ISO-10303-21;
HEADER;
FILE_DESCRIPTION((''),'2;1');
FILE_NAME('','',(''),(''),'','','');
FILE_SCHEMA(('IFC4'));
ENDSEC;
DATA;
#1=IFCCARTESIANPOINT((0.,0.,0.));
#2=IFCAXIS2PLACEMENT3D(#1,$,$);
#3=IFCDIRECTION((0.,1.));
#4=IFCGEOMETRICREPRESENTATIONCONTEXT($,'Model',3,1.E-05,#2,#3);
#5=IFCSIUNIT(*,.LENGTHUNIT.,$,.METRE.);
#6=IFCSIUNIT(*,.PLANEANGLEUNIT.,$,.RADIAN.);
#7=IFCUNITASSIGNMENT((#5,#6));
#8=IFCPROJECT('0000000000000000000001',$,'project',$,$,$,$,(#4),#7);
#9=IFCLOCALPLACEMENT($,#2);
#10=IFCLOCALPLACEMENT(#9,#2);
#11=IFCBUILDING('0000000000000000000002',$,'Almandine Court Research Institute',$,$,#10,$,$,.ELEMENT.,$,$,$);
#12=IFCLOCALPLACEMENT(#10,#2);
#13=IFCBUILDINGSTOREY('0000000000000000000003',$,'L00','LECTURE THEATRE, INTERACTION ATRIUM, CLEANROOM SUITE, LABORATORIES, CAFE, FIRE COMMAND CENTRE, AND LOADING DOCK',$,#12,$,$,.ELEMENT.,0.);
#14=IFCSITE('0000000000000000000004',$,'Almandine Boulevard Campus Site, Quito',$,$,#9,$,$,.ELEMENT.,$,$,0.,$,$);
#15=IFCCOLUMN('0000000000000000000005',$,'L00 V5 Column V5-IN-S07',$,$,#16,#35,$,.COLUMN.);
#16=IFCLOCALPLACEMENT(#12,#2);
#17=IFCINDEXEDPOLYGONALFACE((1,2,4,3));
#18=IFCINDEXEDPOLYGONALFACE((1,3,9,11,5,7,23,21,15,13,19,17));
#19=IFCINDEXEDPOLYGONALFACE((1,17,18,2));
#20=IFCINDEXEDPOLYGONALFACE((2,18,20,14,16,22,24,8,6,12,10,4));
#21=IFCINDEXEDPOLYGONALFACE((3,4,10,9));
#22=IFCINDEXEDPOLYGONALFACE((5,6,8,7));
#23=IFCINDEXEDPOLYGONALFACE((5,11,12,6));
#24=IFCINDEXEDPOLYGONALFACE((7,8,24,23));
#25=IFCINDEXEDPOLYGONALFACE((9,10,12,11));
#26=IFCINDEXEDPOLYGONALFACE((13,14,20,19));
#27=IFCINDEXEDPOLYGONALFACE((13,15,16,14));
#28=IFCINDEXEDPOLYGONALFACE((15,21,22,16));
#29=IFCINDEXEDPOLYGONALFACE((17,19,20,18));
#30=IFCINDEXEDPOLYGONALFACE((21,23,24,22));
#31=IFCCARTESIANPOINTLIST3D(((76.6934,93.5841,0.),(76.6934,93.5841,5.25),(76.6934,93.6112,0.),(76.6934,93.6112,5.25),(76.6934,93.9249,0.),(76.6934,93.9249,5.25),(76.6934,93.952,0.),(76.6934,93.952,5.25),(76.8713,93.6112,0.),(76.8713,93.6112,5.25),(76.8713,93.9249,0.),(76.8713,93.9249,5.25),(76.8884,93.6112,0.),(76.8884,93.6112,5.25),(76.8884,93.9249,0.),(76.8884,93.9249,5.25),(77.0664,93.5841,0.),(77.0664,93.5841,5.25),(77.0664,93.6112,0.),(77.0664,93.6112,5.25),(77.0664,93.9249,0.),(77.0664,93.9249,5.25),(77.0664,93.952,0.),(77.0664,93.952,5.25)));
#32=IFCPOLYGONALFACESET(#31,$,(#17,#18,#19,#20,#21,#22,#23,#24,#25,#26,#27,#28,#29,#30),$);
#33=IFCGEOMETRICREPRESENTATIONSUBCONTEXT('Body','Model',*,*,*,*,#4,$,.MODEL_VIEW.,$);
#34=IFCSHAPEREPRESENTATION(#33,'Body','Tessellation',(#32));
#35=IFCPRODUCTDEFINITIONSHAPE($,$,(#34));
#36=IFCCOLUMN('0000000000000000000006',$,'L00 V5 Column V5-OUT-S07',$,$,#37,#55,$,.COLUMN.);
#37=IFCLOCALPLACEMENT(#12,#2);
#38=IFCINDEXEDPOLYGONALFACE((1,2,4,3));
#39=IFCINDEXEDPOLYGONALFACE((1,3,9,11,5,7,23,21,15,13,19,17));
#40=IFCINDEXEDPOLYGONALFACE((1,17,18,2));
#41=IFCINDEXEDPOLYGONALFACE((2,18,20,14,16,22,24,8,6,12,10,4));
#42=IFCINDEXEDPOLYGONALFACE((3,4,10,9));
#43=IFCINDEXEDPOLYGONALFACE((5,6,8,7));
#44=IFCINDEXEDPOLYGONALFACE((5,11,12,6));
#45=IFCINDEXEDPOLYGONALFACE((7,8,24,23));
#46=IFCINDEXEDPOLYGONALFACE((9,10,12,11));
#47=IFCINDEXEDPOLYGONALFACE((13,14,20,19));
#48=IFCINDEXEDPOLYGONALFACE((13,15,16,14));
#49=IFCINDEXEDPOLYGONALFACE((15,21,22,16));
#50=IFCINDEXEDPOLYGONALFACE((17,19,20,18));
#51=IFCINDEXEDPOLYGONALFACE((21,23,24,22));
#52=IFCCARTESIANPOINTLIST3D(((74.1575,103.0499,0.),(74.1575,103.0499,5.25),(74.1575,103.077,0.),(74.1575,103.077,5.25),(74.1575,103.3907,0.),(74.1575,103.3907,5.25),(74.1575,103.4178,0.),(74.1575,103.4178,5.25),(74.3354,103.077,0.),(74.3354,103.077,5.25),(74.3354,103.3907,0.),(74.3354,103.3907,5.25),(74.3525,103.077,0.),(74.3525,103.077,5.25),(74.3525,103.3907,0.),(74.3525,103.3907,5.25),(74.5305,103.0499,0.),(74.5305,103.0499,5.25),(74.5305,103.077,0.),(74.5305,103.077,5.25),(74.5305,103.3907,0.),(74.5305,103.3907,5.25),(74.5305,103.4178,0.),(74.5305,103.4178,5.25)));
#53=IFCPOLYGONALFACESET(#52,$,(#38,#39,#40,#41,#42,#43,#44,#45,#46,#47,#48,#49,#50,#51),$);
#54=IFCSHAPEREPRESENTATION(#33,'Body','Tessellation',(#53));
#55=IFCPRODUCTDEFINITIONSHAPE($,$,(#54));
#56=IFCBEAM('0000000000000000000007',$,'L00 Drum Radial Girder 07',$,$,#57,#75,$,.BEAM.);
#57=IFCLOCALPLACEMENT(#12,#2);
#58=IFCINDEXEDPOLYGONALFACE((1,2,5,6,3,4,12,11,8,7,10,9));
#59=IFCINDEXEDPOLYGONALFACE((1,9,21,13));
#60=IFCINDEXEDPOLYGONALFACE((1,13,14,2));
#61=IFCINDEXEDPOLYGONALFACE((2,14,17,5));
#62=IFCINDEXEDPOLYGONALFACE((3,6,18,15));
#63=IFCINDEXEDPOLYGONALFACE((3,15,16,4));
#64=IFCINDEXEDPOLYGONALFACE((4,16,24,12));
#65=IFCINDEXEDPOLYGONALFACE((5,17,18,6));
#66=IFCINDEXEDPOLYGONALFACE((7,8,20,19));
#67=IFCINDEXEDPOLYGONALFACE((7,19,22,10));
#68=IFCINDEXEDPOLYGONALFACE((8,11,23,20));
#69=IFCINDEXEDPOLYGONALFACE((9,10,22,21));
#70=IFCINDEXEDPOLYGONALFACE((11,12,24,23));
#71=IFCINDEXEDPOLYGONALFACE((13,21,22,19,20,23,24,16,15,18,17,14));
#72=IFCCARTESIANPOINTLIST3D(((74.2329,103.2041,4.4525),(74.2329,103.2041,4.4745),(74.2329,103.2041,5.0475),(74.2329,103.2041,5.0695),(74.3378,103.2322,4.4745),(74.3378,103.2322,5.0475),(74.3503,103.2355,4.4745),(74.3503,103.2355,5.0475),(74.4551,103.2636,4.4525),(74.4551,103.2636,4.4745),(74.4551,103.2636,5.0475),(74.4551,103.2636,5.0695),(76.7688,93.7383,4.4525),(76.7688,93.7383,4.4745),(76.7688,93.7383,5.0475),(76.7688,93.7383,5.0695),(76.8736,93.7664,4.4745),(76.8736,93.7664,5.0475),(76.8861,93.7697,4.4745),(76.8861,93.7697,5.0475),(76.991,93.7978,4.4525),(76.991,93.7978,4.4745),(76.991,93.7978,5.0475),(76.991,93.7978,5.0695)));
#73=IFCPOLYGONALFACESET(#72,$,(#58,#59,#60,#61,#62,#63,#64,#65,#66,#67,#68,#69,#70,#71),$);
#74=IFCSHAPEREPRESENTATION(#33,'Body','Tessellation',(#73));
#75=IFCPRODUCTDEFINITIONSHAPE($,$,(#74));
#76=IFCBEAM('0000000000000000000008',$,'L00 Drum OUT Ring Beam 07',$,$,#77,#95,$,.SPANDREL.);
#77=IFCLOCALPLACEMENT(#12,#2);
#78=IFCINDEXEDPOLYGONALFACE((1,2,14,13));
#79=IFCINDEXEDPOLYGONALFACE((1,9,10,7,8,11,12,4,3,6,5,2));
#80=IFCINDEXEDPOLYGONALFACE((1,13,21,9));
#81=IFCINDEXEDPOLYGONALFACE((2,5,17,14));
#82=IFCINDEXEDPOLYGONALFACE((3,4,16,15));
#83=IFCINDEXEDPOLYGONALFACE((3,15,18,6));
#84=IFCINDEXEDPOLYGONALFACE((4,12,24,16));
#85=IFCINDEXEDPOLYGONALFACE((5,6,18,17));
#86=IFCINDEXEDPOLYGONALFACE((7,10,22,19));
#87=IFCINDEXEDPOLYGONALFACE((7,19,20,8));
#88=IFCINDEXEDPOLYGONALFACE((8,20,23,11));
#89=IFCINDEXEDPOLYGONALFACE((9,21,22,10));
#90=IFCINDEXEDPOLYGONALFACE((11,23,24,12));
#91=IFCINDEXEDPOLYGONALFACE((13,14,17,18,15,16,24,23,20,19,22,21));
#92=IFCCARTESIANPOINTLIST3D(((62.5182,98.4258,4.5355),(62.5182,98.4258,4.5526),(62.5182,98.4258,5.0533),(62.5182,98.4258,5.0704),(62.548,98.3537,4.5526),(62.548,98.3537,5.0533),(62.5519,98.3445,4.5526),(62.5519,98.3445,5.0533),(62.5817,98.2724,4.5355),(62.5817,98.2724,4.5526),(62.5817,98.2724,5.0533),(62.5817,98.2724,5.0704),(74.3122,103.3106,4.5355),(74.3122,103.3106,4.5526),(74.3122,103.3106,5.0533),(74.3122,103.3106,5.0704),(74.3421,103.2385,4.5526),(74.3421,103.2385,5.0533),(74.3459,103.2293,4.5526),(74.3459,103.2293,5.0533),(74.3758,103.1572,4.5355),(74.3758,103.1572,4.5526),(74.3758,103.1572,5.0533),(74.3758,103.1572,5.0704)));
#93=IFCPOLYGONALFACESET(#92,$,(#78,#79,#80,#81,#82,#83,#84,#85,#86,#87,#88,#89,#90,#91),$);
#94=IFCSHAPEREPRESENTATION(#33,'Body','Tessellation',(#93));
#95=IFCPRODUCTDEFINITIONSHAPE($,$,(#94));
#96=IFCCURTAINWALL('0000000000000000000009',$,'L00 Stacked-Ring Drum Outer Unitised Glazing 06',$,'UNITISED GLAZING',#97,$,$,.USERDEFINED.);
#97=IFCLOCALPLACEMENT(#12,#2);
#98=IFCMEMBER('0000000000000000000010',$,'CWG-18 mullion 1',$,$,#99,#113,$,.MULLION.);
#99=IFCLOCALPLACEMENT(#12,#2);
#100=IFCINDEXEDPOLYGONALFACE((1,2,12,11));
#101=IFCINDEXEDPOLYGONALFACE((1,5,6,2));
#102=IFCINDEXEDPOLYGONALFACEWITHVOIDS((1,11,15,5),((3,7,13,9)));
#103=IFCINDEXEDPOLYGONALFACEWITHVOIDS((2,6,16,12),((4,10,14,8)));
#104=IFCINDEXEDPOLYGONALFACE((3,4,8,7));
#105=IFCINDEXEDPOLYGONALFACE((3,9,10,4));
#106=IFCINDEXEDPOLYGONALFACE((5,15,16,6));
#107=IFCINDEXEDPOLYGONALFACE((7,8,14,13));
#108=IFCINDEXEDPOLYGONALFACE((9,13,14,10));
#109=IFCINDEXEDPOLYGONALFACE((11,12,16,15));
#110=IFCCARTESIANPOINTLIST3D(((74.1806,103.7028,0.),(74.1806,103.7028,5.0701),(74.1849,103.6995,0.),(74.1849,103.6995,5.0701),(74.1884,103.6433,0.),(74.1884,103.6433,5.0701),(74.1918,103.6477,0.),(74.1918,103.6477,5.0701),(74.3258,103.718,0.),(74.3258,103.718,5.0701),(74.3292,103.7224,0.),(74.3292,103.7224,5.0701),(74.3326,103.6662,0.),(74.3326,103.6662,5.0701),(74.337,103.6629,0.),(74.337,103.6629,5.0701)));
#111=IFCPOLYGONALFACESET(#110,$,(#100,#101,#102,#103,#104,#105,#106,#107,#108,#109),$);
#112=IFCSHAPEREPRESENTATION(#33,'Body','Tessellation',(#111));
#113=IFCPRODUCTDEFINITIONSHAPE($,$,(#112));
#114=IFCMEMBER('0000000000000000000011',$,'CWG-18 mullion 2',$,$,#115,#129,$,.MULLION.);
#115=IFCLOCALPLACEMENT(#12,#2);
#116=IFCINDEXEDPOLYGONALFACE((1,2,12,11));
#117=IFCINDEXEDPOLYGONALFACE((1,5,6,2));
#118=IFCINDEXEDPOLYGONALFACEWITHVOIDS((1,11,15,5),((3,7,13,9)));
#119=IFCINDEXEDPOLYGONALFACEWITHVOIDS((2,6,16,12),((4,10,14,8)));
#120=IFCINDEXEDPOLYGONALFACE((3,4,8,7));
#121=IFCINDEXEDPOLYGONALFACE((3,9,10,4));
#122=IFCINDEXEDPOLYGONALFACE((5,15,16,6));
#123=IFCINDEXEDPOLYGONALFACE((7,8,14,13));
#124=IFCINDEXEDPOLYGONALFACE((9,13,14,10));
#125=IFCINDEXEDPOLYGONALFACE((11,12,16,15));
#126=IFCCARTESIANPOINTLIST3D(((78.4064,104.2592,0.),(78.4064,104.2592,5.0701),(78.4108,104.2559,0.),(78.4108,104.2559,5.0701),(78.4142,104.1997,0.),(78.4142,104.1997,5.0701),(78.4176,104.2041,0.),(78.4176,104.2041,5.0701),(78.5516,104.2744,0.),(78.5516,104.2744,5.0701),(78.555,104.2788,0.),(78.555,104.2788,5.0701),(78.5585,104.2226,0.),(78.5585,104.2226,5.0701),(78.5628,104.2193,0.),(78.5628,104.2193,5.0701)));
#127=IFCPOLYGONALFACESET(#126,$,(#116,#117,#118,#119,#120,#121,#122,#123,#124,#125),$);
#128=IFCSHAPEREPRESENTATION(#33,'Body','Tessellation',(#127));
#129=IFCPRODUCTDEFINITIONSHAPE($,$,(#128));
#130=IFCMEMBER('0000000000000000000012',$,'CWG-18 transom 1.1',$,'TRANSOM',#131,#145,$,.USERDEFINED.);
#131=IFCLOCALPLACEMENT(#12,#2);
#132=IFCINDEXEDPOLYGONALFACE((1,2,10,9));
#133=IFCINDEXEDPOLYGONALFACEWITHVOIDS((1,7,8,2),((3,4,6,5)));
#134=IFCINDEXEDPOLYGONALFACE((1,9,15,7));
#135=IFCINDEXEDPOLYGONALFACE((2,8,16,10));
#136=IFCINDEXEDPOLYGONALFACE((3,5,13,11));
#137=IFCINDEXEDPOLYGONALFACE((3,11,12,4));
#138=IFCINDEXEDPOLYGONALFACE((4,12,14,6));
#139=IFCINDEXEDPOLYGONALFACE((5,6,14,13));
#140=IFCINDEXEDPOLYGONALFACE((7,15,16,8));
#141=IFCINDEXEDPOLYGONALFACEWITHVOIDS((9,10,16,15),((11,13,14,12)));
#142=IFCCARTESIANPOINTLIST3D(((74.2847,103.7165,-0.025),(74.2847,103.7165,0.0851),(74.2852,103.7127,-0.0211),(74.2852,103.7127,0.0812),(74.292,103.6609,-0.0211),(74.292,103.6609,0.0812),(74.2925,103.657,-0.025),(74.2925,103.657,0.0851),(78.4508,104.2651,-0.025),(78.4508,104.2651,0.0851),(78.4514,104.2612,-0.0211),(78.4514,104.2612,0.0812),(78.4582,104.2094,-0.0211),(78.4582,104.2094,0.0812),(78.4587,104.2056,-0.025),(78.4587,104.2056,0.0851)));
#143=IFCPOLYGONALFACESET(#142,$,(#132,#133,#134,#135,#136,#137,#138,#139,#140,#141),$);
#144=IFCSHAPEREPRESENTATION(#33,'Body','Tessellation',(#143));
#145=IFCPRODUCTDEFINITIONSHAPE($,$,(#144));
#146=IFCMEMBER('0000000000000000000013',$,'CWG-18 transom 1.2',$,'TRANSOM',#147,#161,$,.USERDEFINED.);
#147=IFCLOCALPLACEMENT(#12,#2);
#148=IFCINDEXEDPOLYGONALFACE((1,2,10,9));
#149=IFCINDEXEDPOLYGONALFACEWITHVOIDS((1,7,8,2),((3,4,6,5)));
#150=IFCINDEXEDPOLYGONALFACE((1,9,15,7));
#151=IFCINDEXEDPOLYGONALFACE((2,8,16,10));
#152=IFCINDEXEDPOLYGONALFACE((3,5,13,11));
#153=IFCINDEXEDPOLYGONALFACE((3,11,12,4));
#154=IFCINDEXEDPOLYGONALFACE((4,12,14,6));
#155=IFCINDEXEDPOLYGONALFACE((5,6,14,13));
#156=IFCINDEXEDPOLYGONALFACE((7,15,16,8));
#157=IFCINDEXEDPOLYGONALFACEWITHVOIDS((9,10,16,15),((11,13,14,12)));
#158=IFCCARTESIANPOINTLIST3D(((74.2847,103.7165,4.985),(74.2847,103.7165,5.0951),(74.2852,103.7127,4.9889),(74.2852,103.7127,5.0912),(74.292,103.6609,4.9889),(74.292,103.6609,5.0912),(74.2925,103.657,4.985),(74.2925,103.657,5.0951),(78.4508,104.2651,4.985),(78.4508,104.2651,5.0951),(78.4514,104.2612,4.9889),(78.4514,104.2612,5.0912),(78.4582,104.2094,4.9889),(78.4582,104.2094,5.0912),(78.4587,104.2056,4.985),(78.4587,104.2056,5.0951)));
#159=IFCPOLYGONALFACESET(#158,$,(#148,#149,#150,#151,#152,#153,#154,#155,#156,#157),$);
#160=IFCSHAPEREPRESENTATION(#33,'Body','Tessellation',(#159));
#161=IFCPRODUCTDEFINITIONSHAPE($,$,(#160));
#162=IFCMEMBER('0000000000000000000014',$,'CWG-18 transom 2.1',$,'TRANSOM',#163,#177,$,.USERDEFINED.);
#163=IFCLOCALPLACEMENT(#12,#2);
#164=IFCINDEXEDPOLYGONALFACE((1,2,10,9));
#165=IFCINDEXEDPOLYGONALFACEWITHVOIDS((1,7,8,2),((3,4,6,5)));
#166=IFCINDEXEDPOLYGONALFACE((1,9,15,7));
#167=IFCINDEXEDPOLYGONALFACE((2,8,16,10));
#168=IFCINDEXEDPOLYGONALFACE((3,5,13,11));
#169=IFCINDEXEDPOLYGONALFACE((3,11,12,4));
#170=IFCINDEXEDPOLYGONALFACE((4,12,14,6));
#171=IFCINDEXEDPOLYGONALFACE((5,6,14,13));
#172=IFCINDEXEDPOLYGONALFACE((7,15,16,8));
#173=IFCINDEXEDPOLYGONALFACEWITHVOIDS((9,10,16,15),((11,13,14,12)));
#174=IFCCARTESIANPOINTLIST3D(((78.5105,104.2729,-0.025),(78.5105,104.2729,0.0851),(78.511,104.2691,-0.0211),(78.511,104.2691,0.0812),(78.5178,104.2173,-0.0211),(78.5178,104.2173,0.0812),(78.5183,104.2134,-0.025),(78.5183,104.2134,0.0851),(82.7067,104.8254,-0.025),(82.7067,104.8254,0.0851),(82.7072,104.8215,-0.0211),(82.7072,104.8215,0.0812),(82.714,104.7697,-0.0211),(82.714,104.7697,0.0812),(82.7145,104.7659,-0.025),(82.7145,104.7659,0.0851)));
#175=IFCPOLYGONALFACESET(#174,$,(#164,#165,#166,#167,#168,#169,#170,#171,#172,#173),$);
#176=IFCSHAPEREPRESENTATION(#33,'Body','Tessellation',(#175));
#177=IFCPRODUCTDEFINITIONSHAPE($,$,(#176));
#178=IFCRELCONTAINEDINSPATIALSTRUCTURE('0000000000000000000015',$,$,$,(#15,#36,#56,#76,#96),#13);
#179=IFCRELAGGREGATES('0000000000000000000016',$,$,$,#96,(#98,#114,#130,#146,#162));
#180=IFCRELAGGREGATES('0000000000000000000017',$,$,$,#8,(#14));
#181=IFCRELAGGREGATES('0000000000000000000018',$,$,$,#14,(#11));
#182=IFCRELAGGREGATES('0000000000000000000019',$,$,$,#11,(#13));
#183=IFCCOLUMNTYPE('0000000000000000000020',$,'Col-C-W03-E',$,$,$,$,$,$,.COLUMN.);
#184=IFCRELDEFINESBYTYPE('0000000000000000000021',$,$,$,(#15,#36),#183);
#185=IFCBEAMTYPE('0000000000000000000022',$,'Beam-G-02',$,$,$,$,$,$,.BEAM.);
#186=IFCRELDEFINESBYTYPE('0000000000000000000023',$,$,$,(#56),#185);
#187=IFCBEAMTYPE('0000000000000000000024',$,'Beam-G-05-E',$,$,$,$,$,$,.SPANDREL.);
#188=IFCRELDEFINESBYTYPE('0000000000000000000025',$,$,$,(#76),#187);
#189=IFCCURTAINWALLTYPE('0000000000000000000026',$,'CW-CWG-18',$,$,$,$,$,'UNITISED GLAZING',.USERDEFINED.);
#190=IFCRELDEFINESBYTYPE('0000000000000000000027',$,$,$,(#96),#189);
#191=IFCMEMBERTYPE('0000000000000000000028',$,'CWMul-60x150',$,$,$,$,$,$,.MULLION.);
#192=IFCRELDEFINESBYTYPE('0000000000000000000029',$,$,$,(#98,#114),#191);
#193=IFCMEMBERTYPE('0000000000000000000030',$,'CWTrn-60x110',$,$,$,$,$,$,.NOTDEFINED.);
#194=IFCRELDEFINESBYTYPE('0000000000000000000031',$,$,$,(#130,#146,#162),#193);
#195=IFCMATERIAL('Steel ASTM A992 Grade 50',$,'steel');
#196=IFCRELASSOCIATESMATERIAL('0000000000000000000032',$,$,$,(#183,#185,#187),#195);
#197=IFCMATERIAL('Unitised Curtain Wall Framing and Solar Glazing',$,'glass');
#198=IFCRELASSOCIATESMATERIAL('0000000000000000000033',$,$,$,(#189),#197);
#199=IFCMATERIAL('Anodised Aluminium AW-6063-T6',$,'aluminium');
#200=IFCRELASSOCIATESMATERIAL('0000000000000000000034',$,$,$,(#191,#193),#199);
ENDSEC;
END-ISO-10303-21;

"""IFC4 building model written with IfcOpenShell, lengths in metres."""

from ifc_helpers import new_model, si_unit, direction, frame, origin, origin_2d, place, context, subcontext, project, spatial, hollow_rectangle, i_section, extrude, material, material_profile, profile_set, type_object, element, aggregate, save


model = new_model("IFC4")

# Units and contexts
model_context = context("Model", 3, precision=1e-05, world=origin(), true_north=direction((0.0, 1.0)))
body_context = subcontext(model_context, "Body", "Model", "MODEL_VIEW")
ifc_project = project(units=[si_unit("LENGTHUNIT", "METRE"), si_unit("PLANEANGLEUNIT", "RADIAN")], contexts=[model_context])

# Site, building, storey
site_placement = place(None, origin())
site = spatial("IfcSite", under=ifc_project, at=site_placement, Name="Almandine Boulevard Campus Site, Quito", CompositionType="ELEMENT", RefElevation=0.0)
building_placement = place(site_placement, origin())
building = spatial("IfcBuilding", under=site, at=building_placement, Name="Almandine Court Research Institute", CompositionType="ELEMENT")
storey_placement = place(building_placement, origin())
storey = spatial("IfcBuildingStorey", under=building, at=storey_placement, Name="L00", Description="LECTURE THEATRE, INTERACTION ATRIUM, CLEANROOM SUITE, LABORATORIES, CAFE, FIRE COMMAND CENTRE, AND LOADING DOCK", CompositionType="ELEMENT", Elevation=0.0)

# Columns
ifc_material_1 = material(Name="Steel ASTM A992 Grade 50", Category="steel")
ifc_material_profile_1 = material_profile(ifc_material_1, i_section(OverallWidth=0.373, OverallDepth=0.3679, WebThickness=0.0171, FlangeThickness=0.0271, at=origin_2d()), Name="W360x179")
ifc_profile_set_1 = profile_set([ifc_material_profile_1], Name="Steel ASTM A992 Grade 50")
column_type = type_object("IfcColumnType", Name="Col-C-W03-E", PredefinedType="COLUMN", material=ifc_profile_set_1)
for number, where, z_axis, x_axis, name in (
    (1, (76.8799, 93.7681, 0.0), (0.0, 0.0, 1.0), (1.0, 0.0, 0.0), "L00 V5 Column V5-IN-S07"),
    (2, (74.344, 103.2339, 0.0), (0.0, 0.0, 1.0), (1.0, 0.0, 0.0), "L00 V5 Column V5-OUT-S07"),
):
    element("IfcColumn", number, at=place(storey_placement, frame(where, z_axis=z_axis, x_axis=x_axis)), inside=storey, type_object=column_type, Name=name, PredefinedType="COLUMN", context=body_context, shape_type="SweptSolid", body=[
        extrude(i_section(OverallWidth=0.373, OverallDepth=0.3679, WebThickness=0.0171, FlangeThickness=0.0271, at=origin_2d()), origin(), (0.0, 0.0, 1.0), 5.25),
    ])

# Beams
ifc_material_profile_2 = material_profile(ifc_material_1, i_section(OverallWidth=0.23, OverallDepth=0.6169, WebThickness=0.0129, FlangeThickness=0.022, at=origin_2d()), Name="W610x140")
ifc_profile_set_2 = profile_set([ifc_material_profile_2], Name="Steel ASTM A992 Grade 50")
beam_type_1 = type_object("IfcBeamType", Name="Beam-G-02", PredefinedType="BEAM", material=ifc_profile_set_2)
beam_1_placement = place(storey_placement, frame((76.8799, 93.7681, 4.761), z_axis=(-0.258774, 0.965938, 0.0), x_axis=(-0.965938, -0.258774, 0.0)))
element("IfcBeam", 3, at=beam_1_placement, inside=storey, type_object=beam_type_1, Name="L00 Drum Radial Girder 07", PredefinedType="BEAM", context=body_context, shape_type="SweptSolid", body=[
    extrude(i_section(OverallWidth=0.23, OverallDepth=0.6169, WebThickness=0.0129, FlangeThickness=0.022, at=origin_2d()), origin(), (0.0, 0.0, 1.0), 9.7996),
])
ifc_material_profile_3 = material_profile(ifc_material_1, i_section(OverallWidth=0.166, OverallDepth=0.5349, WebThickness=0.01, FlangeThickness=0.0171, at=origin_2d()), Name="W530x85")
ifc_profile_set_3 = profile_set([ifc_material_profile_3], Name="Steel ASTM A992 Grade 50")
beam_type_2 = type_object("IfcBeamType", Name="Beam-G-05-E", PredefinedType="SPANDREL", material=ifc_profile_set_3)
beam_2_placement = place(storey_placement, frame((74.344, 103.2339, 4.803), z_axis=(-0.923892, -0.382654, 0.0), x_axis=(0.382654, -0.923892, 0.0)))
element("IfcBeam", 4, at=beam_2_placement, inside=storey, type_object=beam_type_2, Name="L00 Drum OUT Ring Beam 07", PredefinedType="SPANDREL", context=body_context, shape_type="SweptSolid", body=[
    extrude(i_section(OverallWidth=0.166, OverallDepth=0.5349, WebThickness=0.01, FlangeThickness=0.0171, at=origin_2d()), origin(), (0.0, 0.0, 1.0), 12.7656),
])

# Curtain wall, members
ifc_material_2 = material(Name="Unitised Curtain Wall Framing and Solar Glazing", Category="glass")
curtain_wall_type_1 = type_object("IfcCurtainWallType", Name="CW-CWG-18", ElementType="UNITISED GLAZING", PredefinedType="USERDEFINED", material=ifc_material_2)
curtain_wall_1_placement = place(storey_placement, origin())
curtain_wall_1 = element("IfcCurtainWall", 5, at=curtain_wall_1_placement, inside=storey, type_object=curtain_wall_type_1, Name="L00 Stacked-Ring Drum Outer Unitised Glazing 06", ObjectType="UNITISED GLAZING", PredefinedType="USERDEFINED")
ifc_material_3 = material(Name="Anodised Aluminium AW-6063-T6", Category="aluminium")
ifc_material_profile_4 = material_profile(ifc_material_3, hollow_rectangle(XDim=0.0601, YDim=0.1499, WallThickness=0.0039, at=origin_2d()), Name="ALU RHS 60x150x4")
ifc_profile_set_4 = profile_set([ifc_material_profile_4], Name="Anodised Aluminium AW-6063-T6")
member_type_1 = type_object("IfcMemberType", Name="CWMul-60x150", PredefinedType="MULLION", material=ifc_profile_set_4)
member_1_placement = place(storey_placement, frame((74.2588, 103.6829, 0.0), z_axis=(0.0, 0.0, 1.0), x_axis=(-0.130541, 0.991443, 0.0)))
member_1 = element("IfcMember", 6, at=member_1_placement, type_object=member_type_1, Name="CWG-18 mullion 1", PredefinedType="MULLION", context=body_context, shape_type="SweptSolid", body=[
    extrude(hollow_rectangle(XDim=0.0601, YDim=0.1499, WallThickness=0.0039, at=origin_2d()), origin(), (0.0, 0.0, 1.0), 5.0701),
])
member_2_placement = place(storey_placement, frame((78.4846, 104.2393, 0.0), z_axis=(0.0, 0.0, 1.0), x_axis=(-0.130541, 0.991443, 0.0)))
member_2 = element("IfcMember", 7, at=member_2_placement, type_object=member_type_1, Name="CWG-18 mullion 2", PredefinedType="MULLION", context=body_context, shape_type="SweptSolid", body=[
    extrude(hollow_rectangle(XDim=0.0601, YDim=0.1499, WallThickness=0.0039, at=origin_2d()), origin(), (0.0, 0.0, 1.0), 5.0701),
])
ifc_material_profile_5 = material_profile(ifc_material_3, hollow_rectangle(XDim=0.0601, YDim=0.1101, WallThickness=0.0039, at=origin_2d()), Name="ALU RHS 60x110x4")
ifc_profile_set_5 = profile_set([ifc_material_profile_5], Name="Anodised Aluminium AW-6063-T6")
member_type_2 = type_object("IfcMemberType", Name="CWTrn-60x110", PredefinedType="NOTDEFINED", material=ifc_profile_set_5)
member_3_placement = place(storey_placement, frame((74.2886, 103.6868, 0.03), z_axis=(0.991442, 0.130546, 0.0), x_axis=(-0.130546, 0.991442, 0.0)))
member_3 = element("IfcMember", 8, at=member_3_placement, type_object=member_type_2, Name="CWG-18 transom 1.1", ObjectType="TRANSOM", PredefinedType="USERDEFINED", context=body_context, shape_type="SweptSolid", body=[
    extrude(hollow_rectangle(XDim=0.0601, YDim=0.1101, WallThickness=0.0039, at=origin_2d()), origin(), (0.0, 0.0, 1.0), 4.2021),
])
member_4_placement = place(storey_placement, frame((74.2886, 103.6868, 5.04), z_axis=(0.991442, 0.130546, 0.0), x_axis=(-0.130546, 0.991442, 0.0)))
member_4 = element("IfcMember", 9, at=member_4_placement, type_object=member_type_2, Name="CWG-18 transom 1.2", ObjectType="TRANSOM", PredefinedType="USERDEFINED", context=body_context, shape_type="SweptSolid", body=[
    extrude(hollow_rectangle(XDim=0.0601, YDim=0.1101, WallThickness=0.0039, at=origin_2d()), origin(), (0.0, 0.0, 1.0), 4.2021),
])
member_5_placement = place(storey_placement, frame((78.5144, 104.2432, 0.03), z_axis=(0.991444, 0.130535, 0.0), x_axis=(-0.130535, 0.991444, 0.0)))
member_5 = element("IfcMember", 10, at=member_5_placement, type_object=member_type_2, Name="CWG-18 transom 2.1", ObjectType="TRANSOM", PredefinedType="USERDEFINED", context=body_context, shape_type="SweptSolid", body=[
    extrude(hollow_rectangle(XDim=0.0601, YDim=0.1101, WallThickness=0.0039, at=origin_2d()), origin(), (0.0, 0.0, 1.0), 4.2324),
])

aggregate(curtain_wall_1, [member_1, member_2, member_3, member_4, member_5])

save(model, "model.ifc")
